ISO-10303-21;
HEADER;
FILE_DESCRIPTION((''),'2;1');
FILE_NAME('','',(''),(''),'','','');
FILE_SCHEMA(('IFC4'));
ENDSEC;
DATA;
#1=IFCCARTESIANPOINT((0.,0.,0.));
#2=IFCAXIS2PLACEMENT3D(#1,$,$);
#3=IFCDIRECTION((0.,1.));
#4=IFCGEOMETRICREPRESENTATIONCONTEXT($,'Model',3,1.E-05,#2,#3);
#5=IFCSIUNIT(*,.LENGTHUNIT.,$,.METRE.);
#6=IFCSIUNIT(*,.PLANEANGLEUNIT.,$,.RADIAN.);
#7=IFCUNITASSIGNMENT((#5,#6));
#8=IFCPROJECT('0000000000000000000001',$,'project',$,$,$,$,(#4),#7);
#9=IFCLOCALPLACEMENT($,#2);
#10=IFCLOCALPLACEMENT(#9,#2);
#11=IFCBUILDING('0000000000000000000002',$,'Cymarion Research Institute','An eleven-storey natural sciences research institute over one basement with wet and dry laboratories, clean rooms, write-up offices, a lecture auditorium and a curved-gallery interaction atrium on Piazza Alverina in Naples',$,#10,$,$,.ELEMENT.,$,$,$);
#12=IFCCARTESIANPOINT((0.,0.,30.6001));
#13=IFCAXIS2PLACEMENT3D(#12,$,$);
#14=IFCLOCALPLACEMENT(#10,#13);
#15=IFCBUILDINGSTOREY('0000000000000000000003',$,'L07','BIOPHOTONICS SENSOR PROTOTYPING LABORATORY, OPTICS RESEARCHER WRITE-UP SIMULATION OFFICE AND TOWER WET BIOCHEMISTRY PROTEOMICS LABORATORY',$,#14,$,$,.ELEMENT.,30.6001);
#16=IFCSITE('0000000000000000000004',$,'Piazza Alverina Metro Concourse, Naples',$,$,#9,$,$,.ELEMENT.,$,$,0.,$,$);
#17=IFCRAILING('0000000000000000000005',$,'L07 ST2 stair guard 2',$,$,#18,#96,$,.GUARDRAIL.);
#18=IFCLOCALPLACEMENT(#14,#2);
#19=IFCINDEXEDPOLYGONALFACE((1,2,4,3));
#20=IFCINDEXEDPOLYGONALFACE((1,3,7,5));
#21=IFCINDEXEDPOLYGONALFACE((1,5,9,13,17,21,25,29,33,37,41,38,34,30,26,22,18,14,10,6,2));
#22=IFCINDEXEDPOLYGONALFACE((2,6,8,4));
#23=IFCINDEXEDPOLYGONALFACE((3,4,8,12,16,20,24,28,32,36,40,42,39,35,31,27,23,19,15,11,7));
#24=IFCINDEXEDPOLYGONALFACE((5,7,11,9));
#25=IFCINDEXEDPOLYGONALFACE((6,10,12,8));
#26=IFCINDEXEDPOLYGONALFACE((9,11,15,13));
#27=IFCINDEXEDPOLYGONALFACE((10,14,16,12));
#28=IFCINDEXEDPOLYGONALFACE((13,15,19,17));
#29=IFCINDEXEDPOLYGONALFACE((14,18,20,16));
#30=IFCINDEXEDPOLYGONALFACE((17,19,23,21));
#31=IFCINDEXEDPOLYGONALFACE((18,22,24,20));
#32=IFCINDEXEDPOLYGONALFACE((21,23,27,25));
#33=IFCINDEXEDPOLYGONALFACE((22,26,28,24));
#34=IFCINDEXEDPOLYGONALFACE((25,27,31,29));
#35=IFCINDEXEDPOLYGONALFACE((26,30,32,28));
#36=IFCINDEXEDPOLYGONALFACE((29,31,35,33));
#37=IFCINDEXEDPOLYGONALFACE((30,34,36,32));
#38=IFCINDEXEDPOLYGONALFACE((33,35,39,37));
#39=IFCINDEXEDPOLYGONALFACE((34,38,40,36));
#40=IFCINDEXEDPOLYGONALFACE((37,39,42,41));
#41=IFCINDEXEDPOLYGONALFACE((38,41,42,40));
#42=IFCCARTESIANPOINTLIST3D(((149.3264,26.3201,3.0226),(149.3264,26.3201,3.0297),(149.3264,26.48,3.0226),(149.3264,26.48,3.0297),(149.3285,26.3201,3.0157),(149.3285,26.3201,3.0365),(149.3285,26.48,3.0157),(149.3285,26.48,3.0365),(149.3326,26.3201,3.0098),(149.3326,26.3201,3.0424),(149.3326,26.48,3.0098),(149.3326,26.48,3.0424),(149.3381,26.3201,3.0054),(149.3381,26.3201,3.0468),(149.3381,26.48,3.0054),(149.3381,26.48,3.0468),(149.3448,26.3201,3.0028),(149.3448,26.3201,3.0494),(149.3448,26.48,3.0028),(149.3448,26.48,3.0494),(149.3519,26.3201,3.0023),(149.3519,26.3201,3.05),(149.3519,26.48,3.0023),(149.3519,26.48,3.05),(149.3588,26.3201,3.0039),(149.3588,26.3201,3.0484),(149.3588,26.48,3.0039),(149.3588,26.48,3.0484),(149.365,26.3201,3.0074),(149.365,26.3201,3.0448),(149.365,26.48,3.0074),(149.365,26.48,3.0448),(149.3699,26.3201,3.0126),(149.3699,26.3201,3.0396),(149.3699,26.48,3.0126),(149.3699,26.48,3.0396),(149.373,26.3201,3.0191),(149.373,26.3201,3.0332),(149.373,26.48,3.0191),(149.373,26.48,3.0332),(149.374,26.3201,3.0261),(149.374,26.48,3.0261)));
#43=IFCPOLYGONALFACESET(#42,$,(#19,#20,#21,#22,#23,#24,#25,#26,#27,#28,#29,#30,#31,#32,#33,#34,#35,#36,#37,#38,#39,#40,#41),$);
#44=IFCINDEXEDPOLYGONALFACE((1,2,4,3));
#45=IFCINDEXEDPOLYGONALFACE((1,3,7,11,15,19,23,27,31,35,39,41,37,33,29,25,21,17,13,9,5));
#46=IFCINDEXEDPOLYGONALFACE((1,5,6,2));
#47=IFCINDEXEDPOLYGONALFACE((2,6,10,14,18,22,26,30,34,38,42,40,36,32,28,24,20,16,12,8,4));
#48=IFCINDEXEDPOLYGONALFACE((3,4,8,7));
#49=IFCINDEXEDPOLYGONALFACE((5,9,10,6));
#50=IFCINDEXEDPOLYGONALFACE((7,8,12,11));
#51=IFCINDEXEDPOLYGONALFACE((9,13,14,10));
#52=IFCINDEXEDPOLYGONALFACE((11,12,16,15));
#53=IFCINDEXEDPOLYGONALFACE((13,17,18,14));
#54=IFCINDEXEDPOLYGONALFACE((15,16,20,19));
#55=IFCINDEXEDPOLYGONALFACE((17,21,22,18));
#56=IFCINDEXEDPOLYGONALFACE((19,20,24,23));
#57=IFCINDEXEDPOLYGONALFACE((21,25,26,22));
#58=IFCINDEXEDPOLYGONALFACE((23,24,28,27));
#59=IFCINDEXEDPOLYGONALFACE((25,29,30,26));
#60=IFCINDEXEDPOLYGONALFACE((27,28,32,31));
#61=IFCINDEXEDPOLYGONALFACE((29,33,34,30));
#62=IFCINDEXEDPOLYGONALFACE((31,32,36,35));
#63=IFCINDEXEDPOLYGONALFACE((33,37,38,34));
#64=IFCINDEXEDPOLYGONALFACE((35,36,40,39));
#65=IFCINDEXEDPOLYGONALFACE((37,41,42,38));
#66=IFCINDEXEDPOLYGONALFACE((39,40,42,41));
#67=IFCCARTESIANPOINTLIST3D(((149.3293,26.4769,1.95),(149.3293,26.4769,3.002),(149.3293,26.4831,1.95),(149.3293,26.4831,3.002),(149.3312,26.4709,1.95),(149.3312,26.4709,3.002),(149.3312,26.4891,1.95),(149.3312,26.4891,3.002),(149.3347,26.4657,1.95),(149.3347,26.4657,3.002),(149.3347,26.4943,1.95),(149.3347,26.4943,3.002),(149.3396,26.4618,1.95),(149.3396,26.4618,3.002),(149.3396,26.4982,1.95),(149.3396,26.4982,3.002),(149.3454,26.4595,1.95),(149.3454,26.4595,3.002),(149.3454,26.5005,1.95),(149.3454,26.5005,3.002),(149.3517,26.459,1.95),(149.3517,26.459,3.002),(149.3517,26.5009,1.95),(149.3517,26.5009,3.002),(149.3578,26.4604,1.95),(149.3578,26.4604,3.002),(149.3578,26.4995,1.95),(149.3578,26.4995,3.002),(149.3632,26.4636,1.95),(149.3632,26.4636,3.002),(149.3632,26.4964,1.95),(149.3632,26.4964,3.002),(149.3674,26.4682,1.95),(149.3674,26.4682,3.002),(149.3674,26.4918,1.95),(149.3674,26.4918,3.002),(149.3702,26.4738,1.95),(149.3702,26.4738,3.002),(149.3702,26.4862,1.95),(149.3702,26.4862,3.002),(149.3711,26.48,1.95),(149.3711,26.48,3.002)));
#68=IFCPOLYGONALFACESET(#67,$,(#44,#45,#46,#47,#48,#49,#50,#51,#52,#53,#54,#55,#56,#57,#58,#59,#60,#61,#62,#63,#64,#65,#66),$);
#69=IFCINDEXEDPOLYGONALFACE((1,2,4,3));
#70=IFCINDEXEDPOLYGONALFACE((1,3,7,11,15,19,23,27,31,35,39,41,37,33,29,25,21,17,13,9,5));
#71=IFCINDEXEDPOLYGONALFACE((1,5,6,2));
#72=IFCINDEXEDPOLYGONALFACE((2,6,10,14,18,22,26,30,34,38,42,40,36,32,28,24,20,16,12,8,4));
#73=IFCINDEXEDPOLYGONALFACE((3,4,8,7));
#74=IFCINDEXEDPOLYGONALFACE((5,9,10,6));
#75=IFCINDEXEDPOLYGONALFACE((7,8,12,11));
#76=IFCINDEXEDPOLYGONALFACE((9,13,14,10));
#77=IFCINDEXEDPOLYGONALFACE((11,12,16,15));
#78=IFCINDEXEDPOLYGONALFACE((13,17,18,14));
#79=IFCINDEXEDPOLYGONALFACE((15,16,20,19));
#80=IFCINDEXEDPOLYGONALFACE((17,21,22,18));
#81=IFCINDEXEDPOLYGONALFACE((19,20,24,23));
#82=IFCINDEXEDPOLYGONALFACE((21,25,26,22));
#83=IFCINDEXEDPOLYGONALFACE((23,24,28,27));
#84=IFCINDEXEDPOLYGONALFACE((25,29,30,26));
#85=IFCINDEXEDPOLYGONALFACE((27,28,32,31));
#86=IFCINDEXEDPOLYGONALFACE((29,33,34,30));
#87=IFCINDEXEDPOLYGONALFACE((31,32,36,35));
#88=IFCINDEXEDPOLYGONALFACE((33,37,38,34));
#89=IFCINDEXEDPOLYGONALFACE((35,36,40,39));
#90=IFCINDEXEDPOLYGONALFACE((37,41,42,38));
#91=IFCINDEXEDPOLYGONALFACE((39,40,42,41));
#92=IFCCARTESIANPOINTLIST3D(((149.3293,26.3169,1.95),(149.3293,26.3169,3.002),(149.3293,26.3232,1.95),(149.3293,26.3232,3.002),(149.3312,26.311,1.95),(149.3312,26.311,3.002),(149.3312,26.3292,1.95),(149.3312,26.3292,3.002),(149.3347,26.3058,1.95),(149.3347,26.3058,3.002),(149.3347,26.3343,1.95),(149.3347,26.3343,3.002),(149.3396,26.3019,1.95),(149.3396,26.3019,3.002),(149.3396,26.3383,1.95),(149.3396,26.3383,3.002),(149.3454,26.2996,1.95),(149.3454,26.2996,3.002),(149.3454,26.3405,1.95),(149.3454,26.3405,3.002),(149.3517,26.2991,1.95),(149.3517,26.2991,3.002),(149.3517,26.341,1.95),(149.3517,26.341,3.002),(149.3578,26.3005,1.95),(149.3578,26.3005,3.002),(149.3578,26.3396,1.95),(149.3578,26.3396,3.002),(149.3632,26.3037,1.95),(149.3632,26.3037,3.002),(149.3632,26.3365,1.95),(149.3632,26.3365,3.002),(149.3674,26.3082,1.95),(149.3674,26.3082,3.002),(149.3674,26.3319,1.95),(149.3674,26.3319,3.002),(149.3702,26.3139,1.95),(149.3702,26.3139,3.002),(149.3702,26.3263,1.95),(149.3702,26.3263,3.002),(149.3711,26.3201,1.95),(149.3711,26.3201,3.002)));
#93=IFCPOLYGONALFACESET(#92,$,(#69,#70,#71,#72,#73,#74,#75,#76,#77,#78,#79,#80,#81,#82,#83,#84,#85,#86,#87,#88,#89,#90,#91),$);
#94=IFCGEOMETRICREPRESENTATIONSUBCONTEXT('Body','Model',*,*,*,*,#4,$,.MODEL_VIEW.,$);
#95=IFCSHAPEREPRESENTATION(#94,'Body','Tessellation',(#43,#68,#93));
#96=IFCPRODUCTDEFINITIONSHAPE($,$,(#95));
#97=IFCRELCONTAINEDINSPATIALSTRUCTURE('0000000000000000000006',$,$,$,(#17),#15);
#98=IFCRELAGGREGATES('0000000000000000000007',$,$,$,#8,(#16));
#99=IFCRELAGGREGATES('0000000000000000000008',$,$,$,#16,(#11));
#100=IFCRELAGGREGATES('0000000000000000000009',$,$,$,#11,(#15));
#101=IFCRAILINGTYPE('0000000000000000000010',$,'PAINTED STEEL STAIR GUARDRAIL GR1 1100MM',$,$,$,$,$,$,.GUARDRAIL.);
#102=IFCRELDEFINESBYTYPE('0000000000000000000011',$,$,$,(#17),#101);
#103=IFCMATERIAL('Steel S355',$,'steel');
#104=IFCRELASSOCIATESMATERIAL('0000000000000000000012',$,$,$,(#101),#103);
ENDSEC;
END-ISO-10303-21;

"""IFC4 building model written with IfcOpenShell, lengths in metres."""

from ifc_helpers import new_model, si_unit, direction, frame, origin, origin_2d, place, context, subcontext, project, spatial, circle, extrude, material, type_object, element, save


model = new_model("IFC4")

# Units and contexts
model_context = context("Model", 3, precision=1e-05, world=origin(), true_north=direction((0.0, 1.0)))
body_context = subcontext(model_context, "Body", "Model", "MODEL_VIEW")
ifc_project = project(units=[si_unit("LENGTHUNIT", "METRE"), si_unit("PLANEANGLEUNIT", "RADIAN")], contexts=[model_context])

# Site, building, storey
site_placement = place(None, origin())
site = spatial("IfcSite", under=ifc_project, at=site_placement, Name="Piazza Alverina Metro Concourse, Naples", CompositionType="ELEMENT", RefElevation=0.0)
building_placement = place(site_placement, origin())
building = spatial("IfcBuilding", under=site, at=building_placement, Name="Cymarion Research Institute", Description="An eleven-storey natural sciences research institute over one basement with wet and dry laboratories, clean rooms, write-up offices, a lecture auditorium and a curved-gallery interaction atrium on Piazza Alverina in Naples", CompositionType="ELEMENT")
storey_placement = place(building_placement, frame((0.0, 0.0, 30.6001)))
storey = spatial("IfcBuildingStorey", under=building, at=storey_placement, Name="L07", Description="BIOPHOTONICS SENSOR PROTOTYPING LABORATORY, OPTICS RESEARCHER WRITE-UP SIMULATION OFFICE AND TOWER WET BIOCHEMISTRY PROTEOMICS LABORATORY", CompositionType="ELEMENT", Elevation=30.6001)

# Shared definitions
ifc_material_1 = material(Name="Steel S355", Category="steel")

# Railing
railing_type_1 = type_object("IfcRailingType", Name="PAINTED STEEL STAIR GUARDRAIL GR1 1100MM", PredefinedType="GUARDRAIL", material=ifc_material_1)
railing_1_placement = place(storey_placement, frame((149.3501, 26.48, 1.95)))
element("IfcRailing", 1, at=railing_1_placement, inside=storey, type_object=railing_type_1, Name="L07 ST2 stair guard 2", PredefinedType="GUARDRAIL", context=body_context, shape_type="SweptSolid", body=[
    extrude(circle(Radius=0.0239, at=origin_2d()), frame((0.0, 0.0, 1.0762), z_axis=(0.0, -1.0, 0.0), x_axis=(1.0, 0.0, 0.0)), (0.0, 0.0, 1.0), 0.1599),
    extrude(circle(Radius=0.021, at=origin_2d()), origin(), (0.0, 0.0, 1.0), 1.052),
    extrude(circle(Radius=0.021, at=origin_2d()), frame((0.0, -0.1599, 0.0)), (0.0, 0.0, 1.0), 1.052),
])

save(model, "model.ifc")
